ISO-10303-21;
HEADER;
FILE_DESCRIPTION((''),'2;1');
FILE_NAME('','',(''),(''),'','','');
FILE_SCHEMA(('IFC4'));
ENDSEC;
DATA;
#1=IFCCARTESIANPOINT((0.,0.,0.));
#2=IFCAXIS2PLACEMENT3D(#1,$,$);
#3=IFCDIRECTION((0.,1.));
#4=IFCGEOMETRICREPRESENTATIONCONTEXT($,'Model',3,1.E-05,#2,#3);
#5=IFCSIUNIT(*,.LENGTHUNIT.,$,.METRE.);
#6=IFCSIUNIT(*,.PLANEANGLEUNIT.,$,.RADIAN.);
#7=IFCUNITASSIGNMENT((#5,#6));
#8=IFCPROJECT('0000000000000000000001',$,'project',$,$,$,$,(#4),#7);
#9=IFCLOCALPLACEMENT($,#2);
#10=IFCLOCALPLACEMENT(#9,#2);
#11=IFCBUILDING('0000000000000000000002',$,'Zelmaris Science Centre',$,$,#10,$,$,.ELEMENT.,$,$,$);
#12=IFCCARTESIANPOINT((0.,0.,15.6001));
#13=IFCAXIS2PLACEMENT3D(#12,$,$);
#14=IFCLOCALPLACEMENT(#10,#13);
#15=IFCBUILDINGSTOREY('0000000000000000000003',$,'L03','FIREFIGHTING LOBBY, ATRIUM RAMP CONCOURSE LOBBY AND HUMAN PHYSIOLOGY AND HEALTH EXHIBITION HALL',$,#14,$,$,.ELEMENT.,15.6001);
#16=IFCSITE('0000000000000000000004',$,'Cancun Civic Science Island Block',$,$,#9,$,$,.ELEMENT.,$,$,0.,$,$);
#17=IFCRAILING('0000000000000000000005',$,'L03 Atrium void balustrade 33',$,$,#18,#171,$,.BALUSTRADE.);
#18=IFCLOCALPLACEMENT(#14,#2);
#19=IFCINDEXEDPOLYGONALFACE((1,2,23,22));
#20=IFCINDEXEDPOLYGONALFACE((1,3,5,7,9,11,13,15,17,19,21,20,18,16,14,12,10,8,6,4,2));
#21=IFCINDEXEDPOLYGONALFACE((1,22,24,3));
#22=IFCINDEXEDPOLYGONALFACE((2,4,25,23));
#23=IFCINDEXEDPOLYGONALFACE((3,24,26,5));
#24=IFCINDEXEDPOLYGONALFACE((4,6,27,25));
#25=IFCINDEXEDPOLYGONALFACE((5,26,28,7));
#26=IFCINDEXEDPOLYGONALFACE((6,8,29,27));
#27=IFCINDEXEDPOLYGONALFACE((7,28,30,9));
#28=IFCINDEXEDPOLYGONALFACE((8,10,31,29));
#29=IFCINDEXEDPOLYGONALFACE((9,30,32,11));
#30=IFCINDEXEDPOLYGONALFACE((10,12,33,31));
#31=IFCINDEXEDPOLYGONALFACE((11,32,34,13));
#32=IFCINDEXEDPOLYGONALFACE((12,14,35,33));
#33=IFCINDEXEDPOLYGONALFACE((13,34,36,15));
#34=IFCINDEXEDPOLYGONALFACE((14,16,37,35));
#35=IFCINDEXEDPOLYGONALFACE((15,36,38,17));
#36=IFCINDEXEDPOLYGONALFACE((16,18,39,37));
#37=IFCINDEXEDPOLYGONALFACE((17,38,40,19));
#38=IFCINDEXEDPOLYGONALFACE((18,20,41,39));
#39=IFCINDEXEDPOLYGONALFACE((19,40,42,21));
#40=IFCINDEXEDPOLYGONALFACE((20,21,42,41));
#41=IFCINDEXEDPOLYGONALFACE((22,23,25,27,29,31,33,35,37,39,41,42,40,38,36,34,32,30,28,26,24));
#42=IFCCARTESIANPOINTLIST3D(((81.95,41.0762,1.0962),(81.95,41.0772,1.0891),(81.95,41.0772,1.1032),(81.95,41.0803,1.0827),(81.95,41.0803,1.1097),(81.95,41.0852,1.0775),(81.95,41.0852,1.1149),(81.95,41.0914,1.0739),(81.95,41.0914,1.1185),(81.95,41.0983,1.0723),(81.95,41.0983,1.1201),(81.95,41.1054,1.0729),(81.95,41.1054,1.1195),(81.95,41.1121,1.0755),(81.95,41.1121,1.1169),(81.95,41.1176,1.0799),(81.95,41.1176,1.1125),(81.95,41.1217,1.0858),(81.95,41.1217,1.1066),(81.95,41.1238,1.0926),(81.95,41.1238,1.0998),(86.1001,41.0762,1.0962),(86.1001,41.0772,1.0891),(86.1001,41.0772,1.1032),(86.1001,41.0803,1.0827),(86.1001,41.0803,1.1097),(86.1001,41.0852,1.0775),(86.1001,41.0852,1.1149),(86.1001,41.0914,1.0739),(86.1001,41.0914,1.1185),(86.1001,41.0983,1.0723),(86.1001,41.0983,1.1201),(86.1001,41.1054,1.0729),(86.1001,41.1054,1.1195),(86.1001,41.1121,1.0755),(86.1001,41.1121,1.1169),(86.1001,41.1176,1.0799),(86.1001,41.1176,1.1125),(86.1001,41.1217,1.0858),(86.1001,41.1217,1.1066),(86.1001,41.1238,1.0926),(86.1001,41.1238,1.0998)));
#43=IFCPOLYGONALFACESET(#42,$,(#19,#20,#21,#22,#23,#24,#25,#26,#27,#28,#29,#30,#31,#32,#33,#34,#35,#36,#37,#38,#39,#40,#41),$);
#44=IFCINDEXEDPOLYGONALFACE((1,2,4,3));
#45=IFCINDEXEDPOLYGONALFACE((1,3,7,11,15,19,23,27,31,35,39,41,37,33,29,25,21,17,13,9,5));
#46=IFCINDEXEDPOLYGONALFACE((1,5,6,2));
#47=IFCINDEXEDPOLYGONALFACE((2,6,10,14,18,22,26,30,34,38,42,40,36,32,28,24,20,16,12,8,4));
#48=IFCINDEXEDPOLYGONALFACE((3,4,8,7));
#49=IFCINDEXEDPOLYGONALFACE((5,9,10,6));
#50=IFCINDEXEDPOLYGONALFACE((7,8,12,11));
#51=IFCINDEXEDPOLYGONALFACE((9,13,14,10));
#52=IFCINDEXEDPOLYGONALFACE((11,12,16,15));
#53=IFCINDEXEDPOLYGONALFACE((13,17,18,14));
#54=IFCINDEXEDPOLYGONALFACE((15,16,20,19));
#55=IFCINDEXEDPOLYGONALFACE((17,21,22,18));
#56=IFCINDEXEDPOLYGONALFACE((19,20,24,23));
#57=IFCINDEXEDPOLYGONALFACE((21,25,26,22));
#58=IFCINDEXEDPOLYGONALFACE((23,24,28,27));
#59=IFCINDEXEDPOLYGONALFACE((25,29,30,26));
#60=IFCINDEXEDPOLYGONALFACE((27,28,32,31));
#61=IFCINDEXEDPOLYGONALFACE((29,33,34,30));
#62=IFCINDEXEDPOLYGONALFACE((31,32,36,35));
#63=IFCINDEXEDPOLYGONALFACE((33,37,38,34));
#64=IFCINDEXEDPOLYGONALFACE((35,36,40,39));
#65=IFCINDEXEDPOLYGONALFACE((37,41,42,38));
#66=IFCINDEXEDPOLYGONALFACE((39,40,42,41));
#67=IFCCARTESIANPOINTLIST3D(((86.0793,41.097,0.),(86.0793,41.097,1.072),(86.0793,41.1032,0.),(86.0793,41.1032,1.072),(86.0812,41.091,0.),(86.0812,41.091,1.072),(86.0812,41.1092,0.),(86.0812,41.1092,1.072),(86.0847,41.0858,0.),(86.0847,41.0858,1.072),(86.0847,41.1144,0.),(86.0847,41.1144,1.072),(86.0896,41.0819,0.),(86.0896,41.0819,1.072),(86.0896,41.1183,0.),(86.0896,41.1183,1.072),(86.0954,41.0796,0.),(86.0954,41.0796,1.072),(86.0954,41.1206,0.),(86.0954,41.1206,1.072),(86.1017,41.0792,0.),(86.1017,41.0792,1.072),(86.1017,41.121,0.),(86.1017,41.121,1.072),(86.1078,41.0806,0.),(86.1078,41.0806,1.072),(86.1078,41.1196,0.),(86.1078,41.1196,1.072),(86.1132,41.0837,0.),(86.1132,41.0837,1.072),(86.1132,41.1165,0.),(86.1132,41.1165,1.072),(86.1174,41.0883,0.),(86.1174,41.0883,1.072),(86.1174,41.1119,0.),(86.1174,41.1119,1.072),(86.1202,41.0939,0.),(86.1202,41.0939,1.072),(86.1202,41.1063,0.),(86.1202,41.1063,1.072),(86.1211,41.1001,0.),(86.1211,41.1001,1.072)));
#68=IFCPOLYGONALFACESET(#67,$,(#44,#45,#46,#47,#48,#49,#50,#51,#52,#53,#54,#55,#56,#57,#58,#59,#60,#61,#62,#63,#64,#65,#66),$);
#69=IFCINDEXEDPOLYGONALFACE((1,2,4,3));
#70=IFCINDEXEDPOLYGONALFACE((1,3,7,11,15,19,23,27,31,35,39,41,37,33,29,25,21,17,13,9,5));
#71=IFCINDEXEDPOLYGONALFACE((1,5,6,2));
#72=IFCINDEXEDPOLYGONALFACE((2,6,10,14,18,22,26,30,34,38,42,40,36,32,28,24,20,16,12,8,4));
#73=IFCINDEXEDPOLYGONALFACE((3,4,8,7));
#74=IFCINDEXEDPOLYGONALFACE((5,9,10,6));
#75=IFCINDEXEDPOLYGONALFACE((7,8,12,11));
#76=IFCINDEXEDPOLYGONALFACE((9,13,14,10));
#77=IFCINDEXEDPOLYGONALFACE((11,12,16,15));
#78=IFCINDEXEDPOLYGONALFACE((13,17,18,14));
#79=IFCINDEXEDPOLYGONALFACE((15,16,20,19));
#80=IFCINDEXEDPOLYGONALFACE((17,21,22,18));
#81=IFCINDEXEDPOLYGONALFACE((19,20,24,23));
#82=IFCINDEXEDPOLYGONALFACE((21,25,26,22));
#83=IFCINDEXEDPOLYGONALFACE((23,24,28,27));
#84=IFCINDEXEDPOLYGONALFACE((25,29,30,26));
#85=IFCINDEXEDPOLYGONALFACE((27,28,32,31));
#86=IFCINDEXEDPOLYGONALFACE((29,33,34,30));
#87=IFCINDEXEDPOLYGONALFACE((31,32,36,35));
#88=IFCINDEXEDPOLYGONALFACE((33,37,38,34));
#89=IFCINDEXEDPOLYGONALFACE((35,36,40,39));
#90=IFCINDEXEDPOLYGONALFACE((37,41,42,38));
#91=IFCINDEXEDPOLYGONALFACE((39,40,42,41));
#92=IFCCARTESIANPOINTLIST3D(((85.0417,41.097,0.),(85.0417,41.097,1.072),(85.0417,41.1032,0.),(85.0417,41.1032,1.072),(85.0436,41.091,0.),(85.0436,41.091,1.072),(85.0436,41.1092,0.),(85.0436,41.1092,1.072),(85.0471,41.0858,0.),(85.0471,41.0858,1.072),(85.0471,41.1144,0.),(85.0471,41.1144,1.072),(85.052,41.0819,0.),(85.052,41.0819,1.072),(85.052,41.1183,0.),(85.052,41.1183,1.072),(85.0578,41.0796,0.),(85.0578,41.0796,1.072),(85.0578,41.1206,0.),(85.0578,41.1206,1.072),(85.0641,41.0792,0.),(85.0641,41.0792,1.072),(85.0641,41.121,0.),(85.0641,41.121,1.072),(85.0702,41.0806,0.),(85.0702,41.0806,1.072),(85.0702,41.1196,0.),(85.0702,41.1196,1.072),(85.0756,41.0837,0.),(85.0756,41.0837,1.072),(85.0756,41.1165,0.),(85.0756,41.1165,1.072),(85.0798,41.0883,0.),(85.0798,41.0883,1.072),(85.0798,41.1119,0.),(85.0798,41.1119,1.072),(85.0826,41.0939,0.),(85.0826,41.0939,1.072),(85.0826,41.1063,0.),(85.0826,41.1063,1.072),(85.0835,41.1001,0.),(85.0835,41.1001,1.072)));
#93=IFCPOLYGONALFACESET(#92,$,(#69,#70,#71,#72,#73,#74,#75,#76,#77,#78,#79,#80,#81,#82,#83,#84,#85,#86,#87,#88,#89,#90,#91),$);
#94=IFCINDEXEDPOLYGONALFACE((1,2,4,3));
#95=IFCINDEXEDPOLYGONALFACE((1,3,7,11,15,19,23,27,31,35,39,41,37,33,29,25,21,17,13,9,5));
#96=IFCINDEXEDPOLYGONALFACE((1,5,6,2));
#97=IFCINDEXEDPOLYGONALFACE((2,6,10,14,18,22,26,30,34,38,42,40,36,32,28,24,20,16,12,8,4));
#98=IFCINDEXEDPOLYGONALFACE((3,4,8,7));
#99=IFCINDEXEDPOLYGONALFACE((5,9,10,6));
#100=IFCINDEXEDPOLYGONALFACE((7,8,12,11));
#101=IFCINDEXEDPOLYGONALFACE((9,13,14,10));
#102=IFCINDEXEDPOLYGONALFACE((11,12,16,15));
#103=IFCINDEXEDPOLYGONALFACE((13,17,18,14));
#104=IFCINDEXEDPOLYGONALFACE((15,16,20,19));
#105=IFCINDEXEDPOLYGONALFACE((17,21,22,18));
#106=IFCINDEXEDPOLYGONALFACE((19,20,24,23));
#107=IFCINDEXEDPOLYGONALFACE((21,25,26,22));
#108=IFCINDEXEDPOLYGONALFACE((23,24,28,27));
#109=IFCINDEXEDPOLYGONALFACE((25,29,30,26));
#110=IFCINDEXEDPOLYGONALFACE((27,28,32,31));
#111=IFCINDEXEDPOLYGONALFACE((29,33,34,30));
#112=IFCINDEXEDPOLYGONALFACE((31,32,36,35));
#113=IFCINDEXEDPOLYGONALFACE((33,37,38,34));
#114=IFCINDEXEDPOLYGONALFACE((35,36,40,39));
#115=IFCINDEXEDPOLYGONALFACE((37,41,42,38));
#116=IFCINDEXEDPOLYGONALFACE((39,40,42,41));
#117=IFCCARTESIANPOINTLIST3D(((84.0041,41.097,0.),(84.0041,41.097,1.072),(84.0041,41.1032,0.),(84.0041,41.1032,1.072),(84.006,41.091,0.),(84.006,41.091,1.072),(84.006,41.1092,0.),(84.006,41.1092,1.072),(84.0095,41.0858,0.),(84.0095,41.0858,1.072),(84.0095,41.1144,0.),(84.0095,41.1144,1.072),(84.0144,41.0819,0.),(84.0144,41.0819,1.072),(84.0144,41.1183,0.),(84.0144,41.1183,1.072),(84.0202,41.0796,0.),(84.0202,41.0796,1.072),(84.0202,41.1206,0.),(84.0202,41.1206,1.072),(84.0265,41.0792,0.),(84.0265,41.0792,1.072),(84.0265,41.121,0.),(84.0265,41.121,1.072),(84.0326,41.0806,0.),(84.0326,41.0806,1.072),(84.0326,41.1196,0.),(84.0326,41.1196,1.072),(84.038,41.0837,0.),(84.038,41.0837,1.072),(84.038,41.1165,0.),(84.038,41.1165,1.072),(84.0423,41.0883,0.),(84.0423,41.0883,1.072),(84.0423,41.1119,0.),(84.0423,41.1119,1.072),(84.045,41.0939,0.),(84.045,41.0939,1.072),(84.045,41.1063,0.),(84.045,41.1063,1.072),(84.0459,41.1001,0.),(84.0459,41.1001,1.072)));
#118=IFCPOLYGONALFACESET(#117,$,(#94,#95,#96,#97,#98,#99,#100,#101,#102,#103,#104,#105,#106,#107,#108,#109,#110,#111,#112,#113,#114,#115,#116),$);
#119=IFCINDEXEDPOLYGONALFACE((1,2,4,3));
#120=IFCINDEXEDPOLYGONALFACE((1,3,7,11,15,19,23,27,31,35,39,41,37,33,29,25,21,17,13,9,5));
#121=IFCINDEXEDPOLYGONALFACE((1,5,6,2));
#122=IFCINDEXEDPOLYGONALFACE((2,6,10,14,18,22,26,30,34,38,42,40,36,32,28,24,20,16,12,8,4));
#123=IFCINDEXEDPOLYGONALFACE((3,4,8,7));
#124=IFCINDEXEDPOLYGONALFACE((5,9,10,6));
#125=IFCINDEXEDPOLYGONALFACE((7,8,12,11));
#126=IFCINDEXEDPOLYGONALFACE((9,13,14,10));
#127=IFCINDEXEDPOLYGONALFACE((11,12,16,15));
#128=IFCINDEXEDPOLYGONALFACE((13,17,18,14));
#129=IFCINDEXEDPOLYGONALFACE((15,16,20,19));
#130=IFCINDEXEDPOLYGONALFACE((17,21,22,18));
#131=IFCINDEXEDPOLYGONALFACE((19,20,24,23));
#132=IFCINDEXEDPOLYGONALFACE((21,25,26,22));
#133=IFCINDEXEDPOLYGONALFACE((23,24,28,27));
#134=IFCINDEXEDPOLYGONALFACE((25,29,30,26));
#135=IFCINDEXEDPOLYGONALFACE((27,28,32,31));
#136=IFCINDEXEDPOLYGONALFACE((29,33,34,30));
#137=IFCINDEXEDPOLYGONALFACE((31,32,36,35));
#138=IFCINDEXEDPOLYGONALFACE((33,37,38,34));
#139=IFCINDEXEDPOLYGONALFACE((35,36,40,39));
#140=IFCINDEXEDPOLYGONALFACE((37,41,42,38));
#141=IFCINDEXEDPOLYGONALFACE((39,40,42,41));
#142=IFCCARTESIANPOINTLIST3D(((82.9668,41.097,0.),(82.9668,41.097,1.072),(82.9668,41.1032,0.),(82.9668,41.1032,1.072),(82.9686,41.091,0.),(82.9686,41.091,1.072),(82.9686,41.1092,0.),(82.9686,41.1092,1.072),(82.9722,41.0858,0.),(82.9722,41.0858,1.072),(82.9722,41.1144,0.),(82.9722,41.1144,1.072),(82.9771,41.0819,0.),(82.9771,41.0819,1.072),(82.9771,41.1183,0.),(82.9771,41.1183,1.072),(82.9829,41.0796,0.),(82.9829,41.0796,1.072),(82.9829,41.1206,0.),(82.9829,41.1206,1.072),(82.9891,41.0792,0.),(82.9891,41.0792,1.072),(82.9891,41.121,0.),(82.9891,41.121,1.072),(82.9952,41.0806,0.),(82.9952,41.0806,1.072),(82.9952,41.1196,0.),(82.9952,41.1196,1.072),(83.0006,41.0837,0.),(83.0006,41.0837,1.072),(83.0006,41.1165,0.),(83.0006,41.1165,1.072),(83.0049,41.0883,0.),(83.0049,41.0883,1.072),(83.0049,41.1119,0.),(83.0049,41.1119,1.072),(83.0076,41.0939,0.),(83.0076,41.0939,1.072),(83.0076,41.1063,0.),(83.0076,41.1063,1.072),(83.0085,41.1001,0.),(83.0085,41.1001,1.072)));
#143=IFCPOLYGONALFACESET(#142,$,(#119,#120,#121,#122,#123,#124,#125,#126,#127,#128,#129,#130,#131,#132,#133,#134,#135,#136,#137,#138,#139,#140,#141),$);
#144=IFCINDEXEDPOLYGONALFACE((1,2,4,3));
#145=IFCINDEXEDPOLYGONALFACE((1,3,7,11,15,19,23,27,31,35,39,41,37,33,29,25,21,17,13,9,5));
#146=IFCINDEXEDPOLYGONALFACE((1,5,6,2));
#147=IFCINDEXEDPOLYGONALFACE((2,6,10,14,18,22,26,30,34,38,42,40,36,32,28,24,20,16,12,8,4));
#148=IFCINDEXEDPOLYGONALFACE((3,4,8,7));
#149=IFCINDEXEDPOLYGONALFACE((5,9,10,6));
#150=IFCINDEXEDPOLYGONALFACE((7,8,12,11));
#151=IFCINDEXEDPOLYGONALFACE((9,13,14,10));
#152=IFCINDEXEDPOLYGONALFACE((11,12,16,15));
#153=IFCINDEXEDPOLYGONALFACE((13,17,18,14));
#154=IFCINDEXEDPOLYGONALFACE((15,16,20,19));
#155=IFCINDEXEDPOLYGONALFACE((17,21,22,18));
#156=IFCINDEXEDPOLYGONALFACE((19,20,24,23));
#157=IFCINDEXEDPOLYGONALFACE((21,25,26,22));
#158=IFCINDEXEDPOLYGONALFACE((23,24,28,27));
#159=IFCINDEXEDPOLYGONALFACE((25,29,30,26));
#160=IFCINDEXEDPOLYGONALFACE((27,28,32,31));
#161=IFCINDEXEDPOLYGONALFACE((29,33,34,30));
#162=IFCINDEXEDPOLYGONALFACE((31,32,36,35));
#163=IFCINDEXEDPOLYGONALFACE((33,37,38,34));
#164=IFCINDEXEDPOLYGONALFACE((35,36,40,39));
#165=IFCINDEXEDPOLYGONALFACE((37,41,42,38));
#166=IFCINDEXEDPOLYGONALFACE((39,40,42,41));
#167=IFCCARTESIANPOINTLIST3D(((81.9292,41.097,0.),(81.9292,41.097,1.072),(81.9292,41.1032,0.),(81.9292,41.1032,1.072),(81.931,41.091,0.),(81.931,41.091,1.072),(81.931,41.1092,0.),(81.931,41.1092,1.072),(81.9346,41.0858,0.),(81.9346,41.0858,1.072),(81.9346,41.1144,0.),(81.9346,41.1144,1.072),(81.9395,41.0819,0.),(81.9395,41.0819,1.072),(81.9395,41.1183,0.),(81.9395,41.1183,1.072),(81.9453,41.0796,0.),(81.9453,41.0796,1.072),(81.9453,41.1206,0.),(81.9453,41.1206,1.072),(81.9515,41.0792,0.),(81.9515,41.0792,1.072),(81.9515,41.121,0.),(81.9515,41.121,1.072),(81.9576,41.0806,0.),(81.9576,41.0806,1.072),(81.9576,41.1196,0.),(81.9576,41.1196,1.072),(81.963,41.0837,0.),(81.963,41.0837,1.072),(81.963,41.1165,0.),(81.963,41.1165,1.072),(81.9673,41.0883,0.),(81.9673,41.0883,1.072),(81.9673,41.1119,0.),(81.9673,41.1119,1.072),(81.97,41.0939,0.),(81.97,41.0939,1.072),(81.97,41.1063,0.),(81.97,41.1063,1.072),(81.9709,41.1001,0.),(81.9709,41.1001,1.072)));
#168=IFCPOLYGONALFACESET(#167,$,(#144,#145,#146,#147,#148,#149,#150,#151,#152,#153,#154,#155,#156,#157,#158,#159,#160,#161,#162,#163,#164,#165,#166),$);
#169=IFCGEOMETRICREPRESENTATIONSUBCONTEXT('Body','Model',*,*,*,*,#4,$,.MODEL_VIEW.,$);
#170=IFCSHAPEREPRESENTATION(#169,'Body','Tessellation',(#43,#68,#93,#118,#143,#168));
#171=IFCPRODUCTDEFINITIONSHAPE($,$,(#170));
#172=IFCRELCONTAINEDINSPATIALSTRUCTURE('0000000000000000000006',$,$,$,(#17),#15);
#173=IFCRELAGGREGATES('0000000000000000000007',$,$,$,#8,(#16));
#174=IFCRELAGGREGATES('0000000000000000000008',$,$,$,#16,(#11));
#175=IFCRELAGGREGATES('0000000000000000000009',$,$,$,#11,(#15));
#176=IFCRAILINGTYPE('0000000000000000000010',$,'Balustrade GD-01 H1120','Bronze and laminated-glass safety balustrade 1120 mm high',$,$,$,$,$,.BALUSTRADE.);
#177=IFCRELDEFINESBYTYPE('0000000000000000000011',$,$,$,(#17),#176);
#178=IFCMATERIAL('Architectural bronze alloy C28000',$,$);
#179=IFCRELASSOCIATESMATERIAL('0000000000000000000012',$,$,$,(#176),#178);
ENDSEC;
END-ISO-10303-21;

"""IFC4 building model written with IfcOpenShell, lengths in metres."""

from ifc_helpers import new_model, si_unit, direction, frame, origin, origin_2d, place, context, subcontext, project, spatial, circle, extrude, material, type_object, element, save


model = new_model("IFC4")

# Units and contexts
model_context = context("Model", 3, precision=1e-05, world=origin(), true_north=direction((0.0, 1.0)))
body_context = subcontext(model_context, "Body", "Model", "MODEL_VIEW")
ifc_project = project(units=[si_unit("LENGTHUNIT", "METRE"), si_unit("PLANEANGLEUNIT", "RADIAN")], contexts=[model_context])

# Site, building, storey
site_placement = place(None, origin())
site = spatial("IfcSite", under=ifc_project, at=site_placement, Name="Cancun Civic Science Island Block", CompositionType="ELEMENT", RefElevation=0.0)
building_placement = place(site_placement, origin())
building = spatial("IfcBuilding", under=site, at=building_placement, Name="Zelmaris Science Centre", CompositionType="ELEMENT")
storey_placement = place(building_placement, frame((0.0, 0.0, 15.6001)))
storey = spatial("IfcBuildingStorey", under=building, at=storey_placement, Name="L03", Description="FIREFIGHTING LOBBY, ATRIUM RAMP CONCOURSE LOBBY AND HUMAN PHYSIOLOGY AND HEALTH EXHIBITION HALL", CompositionType="ELEMENT", Elevation=15.6001)

# Railing
ifc_material_1 = material(Name="Architectural bronze alloy C28000")
railing_type_1 = type_object("IfcRailingType", Name="Balustrade GD-01 H1120", Description="Bronze and laminated-glass safety balustrade 1120 mm high", PredefinedType="BALUSTRADE", material=ifc_material_1)
for number, where, name in (
    (1, (86.1001, 41.1001, 0.0), "L03 Atrium void balustrade 33"),
):
    element("IfcRailing", number, at=place(storey_placement, frame(where)), inside=storey, type_object=railing_type_1, Name=name, PredefinedType="BALUSTRADE", context=body_context, shape_type="SweptSolid", body=[
        extrude(circle(Radius=0.0239, at=origin_2d()), frame((0.0, 0.0, 1.0962), z_axis=(-1.0, 0.0, 0.0), x_axis=(0.0, -1.0, 0.0)), (0.0, 0.0, 1.0), 4.1501),
        extrude(circle(Radius=0.021, at=origin_2d()), origin(), (0.0, 0.0, 1.0), 1.072),
        extrude(circle(Radius=0.021, at=origin_2d()), frame((-1.0376, 0.0, 0.0)), (0.0, 0.0, 1.0), 1.072),
        extrude(circle(Radius=0.021, at=origin_2d()), frame((-2.0752, 0.0, 0.0)), (0.0, 0.0, 1.0), 1.072),
        extrude(circle(Radius=0.021, at=origin_2d()), frame((-3.1125, 0.0, 0.0)), (0.0, 0.0, 1.0), 1.072),
        extrude(circle(Radius=0.021, at=origin_2d()), frame((-4.1501, 0.0, 0.0)), (0.0, 0.0, 1.0), 1.072),
    ])

save(model, "model.ifc")
